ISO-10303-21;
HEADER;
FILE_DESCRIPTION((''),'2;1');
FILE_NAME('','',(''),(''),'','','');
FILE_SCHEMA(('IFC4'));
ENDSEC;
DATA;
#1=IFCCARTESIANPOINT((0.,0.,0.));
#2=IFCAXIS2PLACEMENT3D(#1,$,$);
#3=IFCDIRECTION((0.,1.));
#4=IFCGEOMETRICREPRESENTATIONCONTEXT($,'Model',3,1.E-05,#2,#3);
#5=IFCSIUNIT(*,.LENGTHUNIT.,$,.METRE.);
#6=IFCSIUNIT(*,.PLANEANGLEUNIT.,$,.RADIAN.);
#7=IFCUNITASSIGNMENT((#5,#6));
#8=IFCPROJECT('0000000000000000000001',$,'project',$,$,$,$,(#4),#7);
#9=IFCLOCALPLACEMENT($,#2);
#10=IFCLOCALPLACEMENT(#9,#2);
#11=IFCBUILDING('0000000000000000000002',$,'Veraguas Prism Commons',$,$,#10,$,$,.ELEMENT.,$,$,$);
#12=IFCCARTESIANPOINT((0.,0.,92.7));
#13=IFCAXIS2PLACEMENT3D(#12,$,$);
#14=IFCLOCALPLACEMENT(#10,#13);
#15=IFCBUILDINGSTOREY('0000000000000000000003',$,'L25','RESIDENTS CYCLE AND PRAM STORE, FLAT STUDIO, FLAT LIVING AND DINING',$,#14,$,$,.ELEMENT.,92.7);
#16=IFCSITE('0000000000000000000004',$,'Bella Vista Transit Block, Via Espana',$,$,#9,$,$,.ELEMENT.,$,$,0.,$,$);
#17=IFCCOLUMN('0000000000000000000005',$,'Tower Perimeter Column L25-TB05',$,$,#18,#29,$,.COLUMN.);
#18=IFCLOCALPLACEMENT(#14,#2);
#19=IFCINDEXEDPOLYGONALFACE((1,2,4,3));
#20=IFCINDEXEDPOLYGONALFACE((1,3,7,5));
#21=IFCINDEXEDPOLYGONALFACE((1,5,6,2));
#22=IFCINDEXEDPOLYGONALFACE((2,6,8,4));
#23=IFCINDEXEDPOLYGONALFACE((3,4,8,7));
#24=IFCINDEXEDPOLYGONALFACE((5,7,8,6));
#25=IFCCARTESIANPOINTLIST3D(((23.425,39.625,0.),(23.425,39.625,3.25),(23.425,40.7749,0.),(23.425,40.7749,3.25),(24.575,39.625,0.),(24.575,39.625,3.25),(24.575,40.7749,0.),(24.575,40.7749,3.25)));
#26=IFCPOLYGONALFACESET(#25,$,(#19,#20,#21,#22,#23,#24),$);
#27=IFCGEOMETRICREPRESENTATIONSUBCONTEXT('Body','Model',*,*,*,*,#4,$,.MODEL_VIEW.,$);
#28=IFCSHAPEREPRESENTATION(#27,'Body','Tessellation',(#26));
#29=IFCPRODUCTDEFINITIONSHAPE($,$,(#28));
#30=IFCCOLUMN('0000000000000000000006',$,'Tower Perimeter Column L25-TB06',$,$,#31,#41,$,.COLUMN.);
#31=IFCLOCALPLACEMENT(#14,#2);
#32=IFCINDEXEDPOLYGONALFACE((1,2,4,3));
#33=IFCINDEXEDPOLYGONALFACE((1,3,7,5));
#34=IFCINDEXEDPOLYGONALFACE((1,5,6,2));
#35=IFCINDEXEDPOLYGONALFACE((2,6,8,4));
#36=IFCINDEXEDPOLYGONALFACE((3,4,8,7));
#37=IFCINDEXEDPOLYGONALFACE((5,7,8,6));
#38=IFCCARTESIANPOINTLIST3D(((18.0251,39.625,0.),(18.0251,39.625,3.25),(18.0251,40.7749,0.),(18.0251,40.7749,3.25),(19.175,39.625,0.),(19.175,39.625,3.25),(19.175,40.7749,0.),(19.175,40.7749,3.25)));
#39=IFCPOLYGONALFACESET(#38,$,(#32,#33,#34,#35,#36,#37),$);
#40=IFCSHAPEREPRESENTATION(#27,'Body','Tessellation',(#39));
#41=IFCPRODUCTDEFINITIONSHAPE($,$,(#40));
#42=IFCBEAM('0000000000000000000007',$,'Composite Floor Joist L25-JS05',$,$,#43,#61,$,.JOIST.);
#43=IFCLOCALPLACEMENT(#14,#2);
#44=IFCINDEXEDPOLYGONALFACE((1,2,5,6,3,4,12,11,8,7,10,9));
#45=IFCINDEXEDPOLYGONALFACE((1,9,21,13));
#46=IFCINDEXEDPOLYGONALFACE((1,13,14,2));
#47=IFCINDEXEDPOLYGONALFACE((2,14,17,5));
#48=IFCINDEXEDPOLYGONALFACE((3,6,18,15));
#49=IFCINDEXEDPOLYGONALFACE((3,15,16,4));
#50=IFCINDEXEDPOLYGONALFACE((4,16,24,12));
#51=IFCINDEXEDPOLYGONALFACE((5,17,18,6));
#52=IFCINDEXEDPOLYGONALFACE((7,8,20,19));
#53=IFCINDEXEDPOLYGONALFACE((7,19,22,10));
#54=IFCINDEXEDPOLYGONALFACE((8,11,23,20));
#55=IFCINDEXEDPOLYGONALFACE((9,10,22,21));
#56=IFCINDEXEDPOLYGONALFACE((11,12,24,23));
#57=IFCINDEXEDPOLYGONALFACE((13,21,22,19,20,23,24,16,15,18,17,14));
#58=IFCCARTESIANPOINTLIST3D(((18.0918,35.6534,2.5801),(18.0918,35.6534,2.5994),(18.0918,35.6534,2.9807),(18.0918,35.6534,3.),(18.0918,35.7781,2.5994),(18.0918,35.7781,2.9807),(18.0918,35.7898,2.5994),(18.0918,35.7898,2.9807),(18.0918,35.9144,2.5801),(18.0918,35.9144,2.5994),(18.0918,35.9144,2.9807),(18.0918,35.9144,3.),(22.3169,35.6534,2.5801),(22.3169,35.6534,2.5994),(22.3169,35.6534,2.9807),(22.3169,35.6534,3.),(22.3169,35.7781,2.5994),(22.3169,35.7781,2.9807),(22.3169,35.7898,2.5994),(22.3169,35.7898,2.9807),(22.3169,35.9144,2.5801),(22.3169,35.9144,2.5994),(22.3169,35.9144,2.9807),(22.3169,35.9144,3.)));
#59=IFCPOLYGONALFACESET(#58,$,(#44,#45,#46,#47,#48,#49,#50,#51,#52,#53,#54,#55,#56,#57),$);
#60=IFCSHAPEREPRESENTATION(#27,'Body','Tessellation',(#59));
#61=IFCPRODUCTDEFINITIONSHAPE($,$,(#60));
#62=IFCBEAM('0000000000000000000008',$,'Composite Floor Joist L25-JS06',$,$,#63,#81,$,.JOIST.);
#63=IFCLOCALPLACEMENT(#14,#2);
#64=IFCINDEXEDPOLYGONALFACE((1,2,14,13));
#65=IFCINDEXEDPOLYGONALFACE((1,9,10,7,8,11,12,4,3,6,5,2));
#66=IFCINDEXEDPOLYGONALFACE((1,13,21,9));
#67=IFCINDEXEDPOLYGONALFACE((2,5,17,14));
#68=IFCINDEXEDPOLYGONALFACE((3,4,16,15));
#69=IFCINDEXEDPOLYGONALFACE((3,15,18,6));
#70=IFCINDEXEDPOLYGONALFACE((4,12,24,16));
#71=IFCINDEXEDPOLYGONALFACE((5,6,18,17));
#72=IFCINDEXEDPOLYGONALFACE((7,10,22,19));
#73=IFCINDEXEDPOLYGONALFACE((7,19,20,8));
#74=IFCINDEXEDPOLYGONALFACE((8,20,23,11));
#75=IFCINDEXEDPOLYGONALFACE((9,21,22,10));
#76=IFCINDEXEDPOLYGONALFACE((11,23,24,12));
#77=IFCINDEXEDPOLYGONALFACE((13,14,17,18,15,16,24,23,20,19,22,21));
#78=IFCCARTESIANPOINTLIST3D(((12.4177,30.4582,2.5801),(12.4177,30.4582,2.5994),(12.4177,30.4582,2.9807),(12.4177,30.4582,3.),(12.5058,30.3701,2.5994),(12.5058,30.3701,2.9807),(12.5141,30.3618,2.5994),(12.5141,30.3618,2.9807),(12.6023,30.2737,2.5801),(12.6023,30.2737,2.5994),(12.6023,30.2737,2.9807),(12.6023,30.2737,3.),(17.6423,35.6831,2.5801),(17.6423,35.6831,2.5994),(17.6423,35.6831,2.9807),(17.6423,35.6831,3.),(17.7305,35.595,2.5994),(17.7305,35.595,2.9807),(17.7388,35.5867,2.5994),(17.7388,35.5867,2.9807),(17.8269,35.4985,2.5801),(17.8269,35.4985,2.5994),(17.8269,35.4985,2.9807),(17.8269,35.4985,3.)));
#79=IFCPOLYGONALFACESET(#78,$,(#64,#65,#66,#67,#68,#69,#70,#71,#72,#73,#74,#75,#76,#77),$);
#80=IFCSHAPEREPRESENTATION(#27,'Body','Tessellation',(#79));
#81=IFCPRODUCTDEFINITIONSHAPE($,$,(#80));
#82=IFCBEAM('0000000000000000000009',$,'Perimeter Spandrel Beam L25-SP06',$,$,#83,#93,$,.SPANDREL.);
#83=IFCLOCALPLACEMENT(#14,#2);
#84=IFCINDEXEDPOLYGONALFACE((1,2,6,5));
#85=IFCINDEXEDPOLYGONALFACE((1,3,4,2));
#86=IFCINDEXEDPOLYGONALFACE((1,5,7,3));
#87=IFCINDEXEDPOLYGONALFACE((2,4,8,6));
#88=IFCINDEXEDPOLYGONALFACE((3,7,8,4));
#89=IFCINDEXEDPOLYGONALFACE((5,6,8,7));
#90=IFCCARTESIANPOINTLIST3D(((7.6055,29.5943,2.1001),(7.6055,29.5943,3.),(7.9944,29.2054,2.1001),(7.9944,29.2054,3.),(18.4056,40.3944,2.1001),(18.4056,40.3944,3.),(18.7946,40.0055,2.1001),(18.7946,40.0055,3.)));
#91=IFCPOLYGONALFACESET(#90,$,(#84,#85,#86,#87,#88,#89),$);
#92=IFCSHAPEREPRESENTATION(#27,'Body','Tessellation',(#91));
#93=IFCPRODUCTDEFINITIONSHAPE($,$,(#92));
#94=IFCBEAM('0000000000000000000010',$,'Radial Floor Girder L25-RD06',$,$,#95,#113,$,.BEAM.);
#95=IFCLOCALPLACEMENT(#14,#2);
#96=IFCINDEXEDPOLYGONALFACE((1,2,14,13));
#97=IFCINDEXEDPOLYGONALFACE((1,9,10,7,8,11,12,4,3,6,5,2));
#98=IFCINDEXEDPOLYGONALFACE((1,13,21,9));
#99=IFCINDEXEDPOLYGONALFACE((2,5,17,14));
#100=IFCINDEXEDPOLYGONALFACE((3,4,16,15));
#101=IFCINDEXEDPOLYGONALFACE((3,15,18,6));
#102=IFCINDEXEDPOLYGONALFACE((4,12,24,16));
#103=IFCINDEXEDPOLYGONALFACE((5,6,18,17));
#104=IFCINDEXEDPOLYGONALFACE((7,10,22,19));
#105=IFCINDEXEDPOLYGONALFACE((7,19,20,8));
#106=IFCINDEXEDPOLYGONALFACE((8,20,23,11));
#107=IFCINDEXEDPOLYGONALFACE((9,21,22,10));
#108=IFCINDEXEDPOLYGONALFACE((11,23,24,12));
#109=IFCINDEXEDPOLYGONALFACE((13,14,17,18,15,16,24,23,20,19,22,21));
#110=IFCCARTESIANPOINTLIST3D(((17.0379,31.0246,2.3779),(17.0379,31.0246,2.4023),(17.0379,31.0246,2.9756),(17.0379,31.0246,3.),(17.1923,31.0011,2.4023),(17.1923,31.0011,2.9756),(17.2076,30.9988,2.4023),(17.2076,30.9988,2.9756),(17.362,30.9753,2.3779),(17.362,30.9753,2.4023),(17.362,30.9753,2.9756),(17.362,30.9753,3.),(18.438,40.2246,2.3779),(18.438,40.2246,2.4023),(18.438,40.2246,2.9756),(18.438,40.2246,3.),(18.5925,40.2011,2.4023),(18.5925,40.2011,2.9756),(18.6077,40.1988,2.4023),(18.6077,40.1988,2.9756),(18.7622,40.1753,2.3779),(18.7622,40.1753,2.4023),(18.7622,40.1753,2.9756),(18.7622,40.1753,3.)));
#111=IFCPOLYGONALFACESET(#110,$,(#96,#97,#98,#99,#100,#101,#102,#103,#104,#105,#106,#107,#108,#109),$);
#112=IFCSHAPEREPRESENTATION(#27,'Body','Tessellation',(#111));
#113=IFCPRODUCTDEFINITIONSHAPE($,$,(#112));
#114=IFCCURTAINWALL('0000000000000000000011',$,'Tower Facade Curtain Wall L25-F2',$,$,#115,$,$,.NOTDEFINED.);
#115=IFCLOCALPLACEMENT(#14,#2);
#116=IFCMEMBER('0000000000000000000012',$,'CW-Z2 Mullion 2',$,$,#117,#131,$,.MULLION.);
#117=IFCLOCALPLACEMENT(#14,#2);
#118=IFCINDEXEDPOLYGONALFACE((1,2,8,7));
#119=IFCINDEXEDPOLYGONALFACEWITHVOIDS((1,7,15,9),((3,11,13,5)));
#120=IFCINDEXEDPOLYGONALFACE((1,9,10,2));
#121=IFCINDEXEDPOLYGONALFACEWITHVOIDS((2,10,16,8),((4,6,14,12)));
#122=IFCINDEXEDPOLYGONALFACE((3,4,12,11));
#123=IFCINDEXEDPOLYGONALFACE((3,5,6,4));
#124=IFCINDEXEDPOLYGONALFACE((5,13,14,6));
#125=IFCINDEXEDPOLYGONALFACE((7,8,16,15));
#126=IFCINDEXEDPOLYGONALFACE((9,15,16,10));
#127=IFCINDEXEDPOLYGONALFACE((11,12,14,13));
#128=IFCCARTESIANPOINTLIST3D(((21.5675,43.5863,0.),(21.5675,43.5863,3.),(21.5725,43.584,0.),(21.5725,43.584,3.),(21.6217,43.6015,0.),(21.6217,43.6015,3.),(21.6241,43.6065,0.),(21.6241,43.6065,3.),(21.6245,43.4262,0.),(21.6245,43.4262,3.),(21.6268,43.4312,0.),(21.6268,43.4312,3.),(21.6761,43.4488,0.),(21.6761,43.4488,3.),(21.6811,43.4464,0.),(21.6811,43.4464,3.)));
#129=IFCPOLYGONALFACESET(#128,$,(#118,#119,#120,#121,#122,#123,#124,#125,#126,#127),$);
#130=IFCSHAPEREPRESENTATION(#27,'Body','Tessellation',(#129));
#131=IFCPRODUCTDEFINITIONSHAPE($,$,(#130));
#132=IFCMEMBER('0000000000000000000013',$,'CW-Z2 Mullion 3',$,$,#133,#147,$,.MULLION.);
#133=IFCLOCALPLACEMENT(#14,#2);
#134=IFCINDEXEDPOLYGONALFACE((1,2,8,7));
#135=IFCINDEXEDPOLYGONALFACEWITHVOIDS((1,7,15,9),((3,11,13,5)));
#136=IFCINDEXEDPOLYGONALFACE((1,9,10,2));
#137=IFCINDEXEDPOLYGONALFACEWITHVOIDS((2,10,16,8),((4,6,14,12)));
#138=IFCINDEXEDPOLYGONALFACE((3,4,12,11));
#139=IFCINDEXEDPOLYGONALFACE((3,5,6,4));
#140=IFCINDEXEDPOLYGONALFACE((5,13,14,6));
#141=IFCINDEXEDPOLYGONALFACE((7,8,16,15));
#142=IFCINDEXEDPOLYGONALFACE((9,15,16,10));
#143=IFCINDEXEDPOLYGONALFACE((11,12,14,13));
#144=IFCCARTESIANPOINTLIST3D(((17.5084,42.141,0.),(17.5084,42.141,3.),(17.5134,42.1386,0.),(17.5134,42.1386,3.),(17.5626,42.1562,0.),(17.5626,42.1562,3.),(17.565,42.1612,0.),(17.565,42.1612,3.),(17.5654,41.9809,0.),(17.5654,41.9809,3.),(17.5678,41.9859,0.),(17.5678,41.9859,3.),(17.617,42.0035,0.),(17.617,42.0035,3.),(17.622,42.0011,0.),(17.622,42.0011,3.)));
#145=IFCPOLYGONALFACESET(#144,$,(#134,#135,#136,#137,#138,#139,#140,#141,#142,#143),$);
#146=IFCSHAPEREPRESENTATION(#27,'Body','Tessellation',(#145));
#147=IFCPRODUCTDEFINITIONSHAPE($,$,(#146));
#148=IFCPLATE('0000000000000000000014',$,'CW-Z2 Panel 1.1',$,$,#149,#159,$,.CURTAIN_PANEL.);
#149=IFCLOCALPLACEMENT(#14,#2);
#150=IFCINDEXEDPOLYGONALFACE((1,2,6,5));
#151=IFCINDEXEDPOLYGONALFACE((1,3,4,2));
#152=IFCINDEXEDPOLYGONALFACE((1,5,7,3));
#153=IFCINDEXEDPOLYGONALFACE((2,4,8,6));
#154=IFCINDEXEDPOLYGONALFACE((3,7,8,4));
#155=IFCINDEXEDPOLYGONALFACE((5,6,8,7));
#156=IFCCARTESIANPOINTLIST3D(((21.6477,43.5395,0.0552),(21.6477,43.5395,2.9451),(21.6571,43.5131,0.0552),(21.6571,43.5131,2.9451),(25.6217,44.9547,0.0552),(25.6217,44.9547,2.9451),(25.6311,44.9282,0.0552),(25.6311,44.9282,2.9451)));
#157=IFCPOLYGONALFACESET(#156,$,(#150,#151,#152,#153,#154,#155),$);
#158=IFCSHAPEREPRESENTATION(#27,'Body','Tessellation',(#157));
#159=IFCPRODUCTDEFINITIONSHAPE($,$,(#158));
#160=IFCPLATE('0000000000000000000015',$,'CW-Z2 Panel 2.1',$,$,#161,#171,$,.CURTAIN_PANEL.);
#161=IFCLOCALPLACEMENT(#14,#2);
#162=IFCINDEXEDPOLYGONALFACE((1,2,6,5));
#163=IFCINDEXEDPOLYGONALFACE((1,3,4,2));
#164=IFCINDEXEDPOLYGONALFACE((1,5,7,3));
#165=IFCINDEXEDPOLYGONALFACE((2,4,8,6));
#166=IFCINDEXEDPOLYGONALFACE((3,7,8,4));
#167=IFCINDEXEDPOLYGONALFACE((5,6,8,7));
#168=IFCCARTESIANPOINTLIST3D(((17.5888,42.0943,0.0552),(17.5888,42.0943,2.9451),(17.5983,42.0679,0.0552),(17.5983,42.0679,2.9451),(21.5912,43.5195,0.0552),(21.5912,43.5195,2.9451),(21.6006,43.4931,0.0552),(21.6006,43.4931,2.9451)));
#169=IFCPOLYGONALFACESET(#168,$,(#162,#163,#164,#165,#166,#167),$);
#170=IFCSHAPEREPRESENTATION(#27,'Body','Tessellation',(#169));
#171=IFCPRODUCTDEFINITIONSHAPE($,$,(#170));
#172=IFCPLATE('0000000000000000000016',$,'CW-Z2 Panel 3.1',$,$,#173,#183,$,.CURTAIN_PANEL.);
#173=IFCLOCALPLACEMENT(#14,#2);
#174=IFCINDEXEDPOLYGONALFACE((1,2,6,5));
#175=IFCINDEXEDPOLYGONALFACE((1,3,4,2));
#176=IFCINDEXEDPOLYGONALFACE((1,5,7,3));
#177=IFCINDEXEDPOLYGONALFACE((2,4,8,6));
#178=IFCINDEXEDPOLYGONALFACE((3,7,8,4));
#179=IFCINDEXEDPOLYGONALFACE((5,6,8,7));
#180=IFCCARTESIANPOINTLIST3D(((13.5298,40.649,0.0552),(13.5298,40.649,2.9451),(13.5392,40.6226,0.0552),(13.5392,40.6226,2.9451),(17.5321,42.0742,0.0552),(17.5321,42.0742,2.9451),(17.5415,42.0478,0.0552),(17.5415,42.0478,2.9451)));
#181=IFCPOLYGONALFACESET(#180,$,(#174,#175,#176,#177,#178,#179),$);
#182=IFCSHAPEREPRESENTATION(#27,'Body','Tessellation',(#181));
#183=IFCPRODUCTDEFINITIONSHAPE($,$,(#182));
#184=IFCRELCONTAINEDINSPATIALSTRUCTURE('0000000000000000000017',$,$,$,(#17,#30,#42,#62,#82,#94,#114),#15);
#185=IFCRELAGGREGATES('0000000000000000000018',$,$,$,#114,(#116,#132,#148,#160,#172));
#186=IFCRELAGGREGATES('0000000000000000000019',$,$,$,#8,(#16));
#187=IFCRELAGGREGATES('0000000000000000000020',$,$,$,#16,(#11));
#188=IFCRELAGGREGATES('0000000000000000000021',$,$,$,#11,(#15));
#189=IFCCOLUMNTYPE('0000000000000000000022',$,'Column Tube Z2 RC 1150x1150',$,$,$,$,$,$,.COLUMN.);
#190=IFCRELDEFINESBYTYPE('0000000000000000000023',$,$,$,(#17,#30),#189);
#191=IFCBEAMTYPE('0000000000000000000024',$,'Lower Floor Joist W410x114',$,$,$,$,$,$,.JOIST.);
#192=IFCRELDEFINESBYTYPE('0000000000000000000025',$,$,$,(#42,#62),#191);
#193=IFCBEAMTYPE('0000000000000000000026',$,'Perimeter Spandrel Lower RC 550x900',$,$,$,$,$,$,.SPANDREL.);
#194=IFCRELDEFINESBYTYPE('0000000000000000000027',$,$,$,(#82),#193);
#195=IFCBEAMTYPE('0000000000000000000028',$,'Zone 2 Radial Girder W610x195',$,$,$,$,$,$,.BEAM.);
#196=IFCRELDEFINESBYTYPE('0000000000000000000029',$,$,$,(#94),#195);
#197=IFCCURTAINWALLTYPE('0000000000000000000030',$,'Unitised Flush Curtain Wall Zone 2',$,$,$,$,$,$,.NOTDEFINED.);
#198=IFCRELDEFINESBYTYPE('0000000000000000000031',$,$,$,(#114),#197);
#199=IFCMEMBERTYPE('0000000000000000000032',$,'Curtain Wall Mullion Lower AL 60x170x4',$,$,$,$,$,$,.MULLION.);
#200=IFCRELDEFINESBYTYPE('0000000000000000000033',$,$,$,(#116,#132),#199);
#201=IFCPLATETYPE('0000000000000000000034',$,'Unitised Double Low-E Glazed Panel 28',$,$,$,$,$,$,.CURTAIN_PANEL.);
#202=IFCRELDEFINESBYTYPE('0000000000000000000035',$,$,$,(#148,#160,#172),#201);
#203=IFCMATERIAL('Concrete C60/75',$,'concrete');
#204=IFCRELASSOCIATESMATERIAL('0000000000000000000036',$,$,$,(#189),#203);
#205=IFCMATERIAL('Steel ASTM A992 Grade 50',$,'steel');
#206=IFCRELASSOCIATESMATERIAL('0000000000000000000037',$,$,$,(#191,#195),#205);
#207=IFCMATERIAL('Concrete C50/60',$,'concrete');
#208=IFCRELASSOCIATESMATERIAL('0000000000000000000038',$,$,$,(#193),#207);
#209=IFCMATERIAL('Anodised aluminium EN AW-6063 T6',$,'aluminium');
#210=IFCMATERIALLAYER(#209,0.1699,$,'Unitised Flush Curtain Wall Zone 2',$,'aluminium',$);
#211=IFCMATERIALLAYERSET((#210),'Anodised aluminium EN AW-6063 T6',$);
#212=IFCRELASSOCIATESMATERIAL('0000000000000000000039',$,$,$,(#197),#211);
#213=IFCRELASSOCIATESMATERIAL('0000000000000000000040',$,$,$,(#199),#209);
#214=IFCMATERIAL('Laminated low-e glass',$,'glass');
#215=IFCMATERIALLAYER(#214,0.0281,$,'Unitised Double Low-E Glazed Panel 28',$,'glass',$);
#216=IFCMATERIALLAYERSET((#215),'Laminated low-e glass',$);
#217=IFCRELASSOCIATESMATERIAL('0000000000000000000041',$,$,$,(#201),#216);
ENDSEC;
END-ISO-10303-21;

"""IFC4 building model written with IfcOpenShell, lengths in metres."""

from ifc_helpers import new_model, si_unit, direction, frame, origin, origin_2d, place, context, subcontext, project, spatial, rectangle, hollow_rectangle, i_section, extrude, source, transform, mapped, material, layer, layer_set, material_profile, profile_set, type_object, element, aggregate, save


model = new_model("IFC4")

# Units and contexts
model_context = context("Model", 3, precision=1e-05, world=origin(), true_north=direction((0.0, 1.0)))
body_context = subcontext(model_context, "Body", "Model", "MODEL_VIEW")
ifc_project = project(units=[si_unit("LENGTHUNIT", "METRE"), si_unit("PLANEANGLEUNIT", "RADIAN")], contexts=[model_context])

# Site, building, storey
site_placement = place(None, origin())
site = spatial("IfcSite", under=ifc_project, at=site_placement, Name="Bella Vista Transit Block, Via Espana", CompositionType="ELEMENT", RefElevation=0.0)
building_placement = place(site_placement, origin())
building = spatial("IfcBuilding", under=site, at=building_placement, Name="Veraguas Prism Commons", CompositionType="ELEMENT")
storey_placement = place(building_placement, frame((0.0, 0.0, 92.7)))
storey = spatial("IfcBuildingStorey", under=building, at=storey_placement, Name="L25", Description="RESIDENTS CYCLE AND PRAM STORE, FLAT STUDIO, FLAT LIVING AND DINING", CompositionType="ELEMENT", Elevation=92.7)

# Columns
ifc_material_1 = material(Name="Concrete C60/75", Category="concrete")
ifc_material_profile_1 = material_profile(ifc_material_1, rectangle(XDim=1.1499, YDim=1.1499, at=origin_2d()), Name="RC1150X1150")
ifc_profile_set_1 = profile_set([ifc_material_profile_1], Name="Concrete C60/75")
column_type = type_object("IfcColumnType", Name="Column Tube Z2 RC 1150x1150", PredefinedType="COLUMN", material=ifc_profile_set_1)
for number, where, z_axis, x_axis, name in (
    (1, (24.0, 40.2, 0.0), (0.0, 0.0, 1.0), (1.0, 0.0, 0.0), "Tower Perimeter Column L25-TB05"),
    (2, (18.6001, 40.2, 0.0), (0.0, 0.0, 1.0), (1.0, 0.0, 0.0), "Tower Perimeter Column L25-TB06"),
):
    element("IfcColumn", number, at=place(storey_placement, frame(where, z_axis=z_axis, x_axis=x_axis)), inside=storey, type_object=column_type, Name=name, PredefinedType="COLUMN", context=body_context, shape_type="SweptSolid", body=[
        extrude(rectangle(XDim=1.1499, YDim=1.1499, at=origin_2d()), origin(), (0.0, 0.0, 1.0), 3.25),
    ])

# Beams
ifc_material_2 = material(Name="Steel ASTM A992 Grade 50", Category="steel")
ifc_material_profile_2 = material_profile(ifc_material_2, i_section(OverallWidth=0.261, OverallDepth=0.4199, WebThickness=0.0117, FlangeThickness=0.0193, at=origin_2d()), Name="W410X114")
ifc_profile_set_2 = profile_set([ifc_material_profile_2], Name="Steel ASTM A992 Grade 50")
beam_type_1 = type_object("IfcBeamType", Name="Lower Floor Joist W410x114", PredefinedType="JOIST", material=ifc_profile_set_2)
beam_1_placement = place(storey_placement, frame((22.3169, 35.7839, 2.79), z_axis=(-1.0, 0.0, 0.0), x_axis=(0.0, -1.0, 0.0)))
element("IfcBeam", 3, at=beam_1_placement, inside=storey, type_object=beam_type_1, Name="Composite Floor Joist L25-JS05", PredefinedType="JOIST", context=body_context, shape_type="SweptSolid", body=[
    extrude(i_section(OverallWidth=0.261, OverallDepth=0.4199, WebThickness=0.0117, FlangeThickness=0.0193, at=origin_2d()), origin(), (0.0, 0.0, 1.0), 4.2251),
])
beam_2_placement = place(storey_placement, frame((17.7346, 35.5908, 2.79), z_axis=(-0.70709, -0.707123, 0.0), x_axis=(0.707123, -0.70709, 0.0)))
element("IfcBeam", 4, at=beam_2_placement, inside=storey, type_object=beam_type_1, Name="Composite Floor Joist L25-JS06", PredefinedType="JOIST", context=body_context, shape_type="SweptSolid", body=[
    extrude(i_section(OverallWidth=0.261, OverallDepth=0.4199, WebThickness=0.0117, FlangeThickness=0.0193, at=origin_2d()), origin(), (0.0, 0.0, 1.0), 7.3889),
])
ifc_material_3 = material(Name="Concrete C50/60", Category="concrete")
ifc_material_profile_3 = material_profile(ifc_material_3, rectangle(XDim=0.55, YDim=0.8999, at=origin_2d()), Name="RC550X900")
ifc_profile_set_3 = profile_set([ifc_material_profile_3], Name="Concrete C50/60")
beam_type_2 = type_object("IfcBeamType", Name="Perimeter Spandrel Lower RC 550x900", PredefinedType="SPANDREL", material=ifc_profile_set_3)
beam_3_placement = place(storey_placement, frame((18.6001, 40.2, 2.55), z_axis=(-0.707107, -0.707107, 0.0), x_axis=(0.707107, -0.707107, 0.0)))
element("IfcBeam", 5, at=beam_3_placement, inside=storey, type_object=beam_type_2, Name="Perimeter Spandrel Beam L25-SP06", PredefinedType="SPANDREL", context=body_context, shape_type="SweptSolid", body=[
    extrude(rectangle(XDim=0.55, YDim=0.8999, at=origin_2d()), origin(), (0.0, 0.0, 1.0), 15.2737),
])
ifc_material_profile_4 = material_profile(ifc_material_2, i_section(OverallWidth=0.3279, OverallDepth=0.6221, WebThickness=0.0154, FlangeThickness=0.0244, at=origin_2d()), Name="W610X195")
ifc_profile_set_4 = profile_set([ifc_material_profile_4], Name="Steel ASTM A992 Grade 50")
beam_type_3 = type_object("IfcBeamType", Name="Zone 2 Radial Girder W610x195", PredefinedType="BEAM", material=ifc_profile_set_4)
beam_4_placement = place(storey_placement, frame((18.6001, 40.2, 2.689), z_axis=(-0.150458, -0.988616, 0.0), x_axis=(0.988616, -0.150458, 0.0)))
element("IfcBeam", 6, at=beam_4_placement, inside=storey, type_object=beam_type_3, Name="Radial Floor Girder L25-RD06", PredefinedType="BEAM", context=body_context, shape_type="SweptSolid", body=[
    extrude(i_section(OverallWidth=0.3279, OverallDepth=0.6221, WebThickness=0.0154, FlangeThickness=0.0244, at=origin_2d()), origin(), (0.0, 0.0, 1.0), 9.3059),
])

# Curtain wall, members, plates
ifc_material_4 = material(Name="Anodised aluminium EN AW-6063 T6", Category="aluminium")
ifc_layer_1 = layer(ifc_material_4, 0.1699, Name="Unitised Flush Curtain Wall Zone 2", Category="aluminium")
ifc_layer_set_1 = layer_set([ifc_layer_1], Name="Anodised aluminium EN AW-6063 T6")
curtain_wall_type = type_object("IfcCurtainWallType", Name="Unitised Flush Curtain Wall Zone 2", PredefinedType="NOTDEFINED", material=ifc_layer_set_1)
curtain_wall_placement = place(storey_placement, origin())
curtain_wall = element("IfcCurtainWall", 7, at=curtain_wall_placement, inside=storey, type_object=curtain_wall_type, Name="Tower Facade Curtain Wall L25-F2", PredefinedType="NOTDEFINED")
ifc_material_profile_5 = material_profile(ifc_material_4, hollow_rectangle(XDim=0.0601, YDim=0.1699, WallThickness=0.0039, at=origin_2d()), Name="AL60X170X4")
ifc_profile_set_5 = profile_set([ifc_material_profile_5], Name="Anodised aluminium EN AW-6063 T6")
member_type = type_object("IfcMemberType", Name="Curtain Wall Mullion Lower AL 60x170x4", PredefinedType="MULLION", material=ifc_profile_set_5)
shared_shape_1 = source(origin(), body_context, "Body", "SweptSolid", [
    extrude(hollow_rectangle(XDim=0.0601, YDim=0.1699, WallThickness=0.0039, at=origin_2d()), origin(), (0.0, 0.0, 1.0), 3.0),
])
member_1_placement = place(storey_placement, frame((21.6243, 43.5164, 0.0), z_axis=(0.0, 0.0, 1.0), x_axis=(-0.942056, -0.335457, 0.0)))
member_1 = element("IfcMember", 8, at=member_1_placement, type_object=member_type, Name="CW-Z2 Mullion 2", PredefinedType="MULLION", context=body_context, shape_type="MappedRepresentation", body=[
    mapped(shared_shape_1, transform((0.0, 0.0, 0.0), scale=1.0)),
])
member_2_placement = place(storey_placement, frame((17.5652, 42.071, 0.0), z_axis=(0.0, 0.0, 1.0), x_axis=(-0.942056, -0.335457, 0.0)))
member_2 = element("IfcMember", 9, at=member_2_placement, type_object=member_type, Name="CW-Z2 Mullion 3", PredefinedType="MULLION", context=body_context, shape_type="MappedRepresentation", body=[
    mapped(shared_shape_1, transform((0.0, 0.0, 0.0), scale=1.0)),
])
ifc_material_5 = material(Name="Laminated low-e glass", Category="glass")
ifc_layer_2 = layer(ifc_material_5, 0.0281, Name="Unitised Double Low-E Glazed Panel 28", Category="glass")
ifc_layer_set_2 = layer_set([ifc_layer_2], Name="Laminated low-e glass")
plate_type = type_object("IfcPlateType", Name="Unitised Double Low-E Glazed Panel 28", PredefinedType="CURTAIN_PANEL", material=ifc_layer_set_2)
shared_shape_2 = source(origin(), body_context, "Body", "SweptSolid", [
    extrude(rectangle(XDim=4.2185, YDim=0.0281, at=origin_2d()), origin(), (0.0, 0.0, 1.0), 2.8899),
])
plate_1_placement = place(storey_placement, frame((23.6394, 44.2339, 0.0552), z_axis=(0.0, 0.0, 1.0), x_axis=(-0.942056, -0.335457, 0.0)))
plate_1 = element("IfcPlate", 10, at=plate_1_placement, type_object=plate_type, Name="CW-Z2 Panel 1.1", PredefinedType="CURTAIN_PANEL", context=body_context, shape_type="MappedRepresentation", body=[
    mapped(shared_shape_2, transform((0.0, 0.0, 0.0), scale=1.0)),
])
shared_shape_3 = source(origin(), body_context, "Body", "SweptSolid", [
    extrude(rectangle(XDim=4.2485, YDim=0.0281, at=origin_2d()), origin(), (0.0, 0.0, 1.0), 2.8899),
])
plate_2_placement = place(storey_placement, frame((19.5947, 42.7937, 0.0552), z_axis=(0.0, 0.0, 1.0), x_axis=(-0.942056, -0.335457, 0.0)))
plate_2 = element("IfcPlate", 11, at=plate_2_placement, type_object=plate_type, Name="CW-Z2 Panel 2.1", PredefinedType="CURTAIN_PANEL", context=body_context, shape_type="MappedRepresentation", body=[
    mapped(shared_shape_3, transform((0.0, 0.0, 0.0), scale=1.0)),
])
plate_3_placement = place(storey_placement, frame((15.5356, 41.3484, 0.0552), z_axis=(0.0, 0.0, 1.0), x_axis=(-0.942056, -0.335457, 0.0)))
plate_3 = element("IfcPlate", 12, at=plate_3_placement, type_object=plate_type, Name="CW-Z2 Panel 3.1", PredefinedType="CURTAIN_PANEL", context=body_context, shape_type="MappedRepresentation", body=[
    mapped(shared_shape_3, transform((0.0, 0.0, 0.0), scale=1.0)),
])
aggregate(curtain_wall, [member_1, member_2, plate_1, plate_2, plate_3])

save(model, "model.ifc")
